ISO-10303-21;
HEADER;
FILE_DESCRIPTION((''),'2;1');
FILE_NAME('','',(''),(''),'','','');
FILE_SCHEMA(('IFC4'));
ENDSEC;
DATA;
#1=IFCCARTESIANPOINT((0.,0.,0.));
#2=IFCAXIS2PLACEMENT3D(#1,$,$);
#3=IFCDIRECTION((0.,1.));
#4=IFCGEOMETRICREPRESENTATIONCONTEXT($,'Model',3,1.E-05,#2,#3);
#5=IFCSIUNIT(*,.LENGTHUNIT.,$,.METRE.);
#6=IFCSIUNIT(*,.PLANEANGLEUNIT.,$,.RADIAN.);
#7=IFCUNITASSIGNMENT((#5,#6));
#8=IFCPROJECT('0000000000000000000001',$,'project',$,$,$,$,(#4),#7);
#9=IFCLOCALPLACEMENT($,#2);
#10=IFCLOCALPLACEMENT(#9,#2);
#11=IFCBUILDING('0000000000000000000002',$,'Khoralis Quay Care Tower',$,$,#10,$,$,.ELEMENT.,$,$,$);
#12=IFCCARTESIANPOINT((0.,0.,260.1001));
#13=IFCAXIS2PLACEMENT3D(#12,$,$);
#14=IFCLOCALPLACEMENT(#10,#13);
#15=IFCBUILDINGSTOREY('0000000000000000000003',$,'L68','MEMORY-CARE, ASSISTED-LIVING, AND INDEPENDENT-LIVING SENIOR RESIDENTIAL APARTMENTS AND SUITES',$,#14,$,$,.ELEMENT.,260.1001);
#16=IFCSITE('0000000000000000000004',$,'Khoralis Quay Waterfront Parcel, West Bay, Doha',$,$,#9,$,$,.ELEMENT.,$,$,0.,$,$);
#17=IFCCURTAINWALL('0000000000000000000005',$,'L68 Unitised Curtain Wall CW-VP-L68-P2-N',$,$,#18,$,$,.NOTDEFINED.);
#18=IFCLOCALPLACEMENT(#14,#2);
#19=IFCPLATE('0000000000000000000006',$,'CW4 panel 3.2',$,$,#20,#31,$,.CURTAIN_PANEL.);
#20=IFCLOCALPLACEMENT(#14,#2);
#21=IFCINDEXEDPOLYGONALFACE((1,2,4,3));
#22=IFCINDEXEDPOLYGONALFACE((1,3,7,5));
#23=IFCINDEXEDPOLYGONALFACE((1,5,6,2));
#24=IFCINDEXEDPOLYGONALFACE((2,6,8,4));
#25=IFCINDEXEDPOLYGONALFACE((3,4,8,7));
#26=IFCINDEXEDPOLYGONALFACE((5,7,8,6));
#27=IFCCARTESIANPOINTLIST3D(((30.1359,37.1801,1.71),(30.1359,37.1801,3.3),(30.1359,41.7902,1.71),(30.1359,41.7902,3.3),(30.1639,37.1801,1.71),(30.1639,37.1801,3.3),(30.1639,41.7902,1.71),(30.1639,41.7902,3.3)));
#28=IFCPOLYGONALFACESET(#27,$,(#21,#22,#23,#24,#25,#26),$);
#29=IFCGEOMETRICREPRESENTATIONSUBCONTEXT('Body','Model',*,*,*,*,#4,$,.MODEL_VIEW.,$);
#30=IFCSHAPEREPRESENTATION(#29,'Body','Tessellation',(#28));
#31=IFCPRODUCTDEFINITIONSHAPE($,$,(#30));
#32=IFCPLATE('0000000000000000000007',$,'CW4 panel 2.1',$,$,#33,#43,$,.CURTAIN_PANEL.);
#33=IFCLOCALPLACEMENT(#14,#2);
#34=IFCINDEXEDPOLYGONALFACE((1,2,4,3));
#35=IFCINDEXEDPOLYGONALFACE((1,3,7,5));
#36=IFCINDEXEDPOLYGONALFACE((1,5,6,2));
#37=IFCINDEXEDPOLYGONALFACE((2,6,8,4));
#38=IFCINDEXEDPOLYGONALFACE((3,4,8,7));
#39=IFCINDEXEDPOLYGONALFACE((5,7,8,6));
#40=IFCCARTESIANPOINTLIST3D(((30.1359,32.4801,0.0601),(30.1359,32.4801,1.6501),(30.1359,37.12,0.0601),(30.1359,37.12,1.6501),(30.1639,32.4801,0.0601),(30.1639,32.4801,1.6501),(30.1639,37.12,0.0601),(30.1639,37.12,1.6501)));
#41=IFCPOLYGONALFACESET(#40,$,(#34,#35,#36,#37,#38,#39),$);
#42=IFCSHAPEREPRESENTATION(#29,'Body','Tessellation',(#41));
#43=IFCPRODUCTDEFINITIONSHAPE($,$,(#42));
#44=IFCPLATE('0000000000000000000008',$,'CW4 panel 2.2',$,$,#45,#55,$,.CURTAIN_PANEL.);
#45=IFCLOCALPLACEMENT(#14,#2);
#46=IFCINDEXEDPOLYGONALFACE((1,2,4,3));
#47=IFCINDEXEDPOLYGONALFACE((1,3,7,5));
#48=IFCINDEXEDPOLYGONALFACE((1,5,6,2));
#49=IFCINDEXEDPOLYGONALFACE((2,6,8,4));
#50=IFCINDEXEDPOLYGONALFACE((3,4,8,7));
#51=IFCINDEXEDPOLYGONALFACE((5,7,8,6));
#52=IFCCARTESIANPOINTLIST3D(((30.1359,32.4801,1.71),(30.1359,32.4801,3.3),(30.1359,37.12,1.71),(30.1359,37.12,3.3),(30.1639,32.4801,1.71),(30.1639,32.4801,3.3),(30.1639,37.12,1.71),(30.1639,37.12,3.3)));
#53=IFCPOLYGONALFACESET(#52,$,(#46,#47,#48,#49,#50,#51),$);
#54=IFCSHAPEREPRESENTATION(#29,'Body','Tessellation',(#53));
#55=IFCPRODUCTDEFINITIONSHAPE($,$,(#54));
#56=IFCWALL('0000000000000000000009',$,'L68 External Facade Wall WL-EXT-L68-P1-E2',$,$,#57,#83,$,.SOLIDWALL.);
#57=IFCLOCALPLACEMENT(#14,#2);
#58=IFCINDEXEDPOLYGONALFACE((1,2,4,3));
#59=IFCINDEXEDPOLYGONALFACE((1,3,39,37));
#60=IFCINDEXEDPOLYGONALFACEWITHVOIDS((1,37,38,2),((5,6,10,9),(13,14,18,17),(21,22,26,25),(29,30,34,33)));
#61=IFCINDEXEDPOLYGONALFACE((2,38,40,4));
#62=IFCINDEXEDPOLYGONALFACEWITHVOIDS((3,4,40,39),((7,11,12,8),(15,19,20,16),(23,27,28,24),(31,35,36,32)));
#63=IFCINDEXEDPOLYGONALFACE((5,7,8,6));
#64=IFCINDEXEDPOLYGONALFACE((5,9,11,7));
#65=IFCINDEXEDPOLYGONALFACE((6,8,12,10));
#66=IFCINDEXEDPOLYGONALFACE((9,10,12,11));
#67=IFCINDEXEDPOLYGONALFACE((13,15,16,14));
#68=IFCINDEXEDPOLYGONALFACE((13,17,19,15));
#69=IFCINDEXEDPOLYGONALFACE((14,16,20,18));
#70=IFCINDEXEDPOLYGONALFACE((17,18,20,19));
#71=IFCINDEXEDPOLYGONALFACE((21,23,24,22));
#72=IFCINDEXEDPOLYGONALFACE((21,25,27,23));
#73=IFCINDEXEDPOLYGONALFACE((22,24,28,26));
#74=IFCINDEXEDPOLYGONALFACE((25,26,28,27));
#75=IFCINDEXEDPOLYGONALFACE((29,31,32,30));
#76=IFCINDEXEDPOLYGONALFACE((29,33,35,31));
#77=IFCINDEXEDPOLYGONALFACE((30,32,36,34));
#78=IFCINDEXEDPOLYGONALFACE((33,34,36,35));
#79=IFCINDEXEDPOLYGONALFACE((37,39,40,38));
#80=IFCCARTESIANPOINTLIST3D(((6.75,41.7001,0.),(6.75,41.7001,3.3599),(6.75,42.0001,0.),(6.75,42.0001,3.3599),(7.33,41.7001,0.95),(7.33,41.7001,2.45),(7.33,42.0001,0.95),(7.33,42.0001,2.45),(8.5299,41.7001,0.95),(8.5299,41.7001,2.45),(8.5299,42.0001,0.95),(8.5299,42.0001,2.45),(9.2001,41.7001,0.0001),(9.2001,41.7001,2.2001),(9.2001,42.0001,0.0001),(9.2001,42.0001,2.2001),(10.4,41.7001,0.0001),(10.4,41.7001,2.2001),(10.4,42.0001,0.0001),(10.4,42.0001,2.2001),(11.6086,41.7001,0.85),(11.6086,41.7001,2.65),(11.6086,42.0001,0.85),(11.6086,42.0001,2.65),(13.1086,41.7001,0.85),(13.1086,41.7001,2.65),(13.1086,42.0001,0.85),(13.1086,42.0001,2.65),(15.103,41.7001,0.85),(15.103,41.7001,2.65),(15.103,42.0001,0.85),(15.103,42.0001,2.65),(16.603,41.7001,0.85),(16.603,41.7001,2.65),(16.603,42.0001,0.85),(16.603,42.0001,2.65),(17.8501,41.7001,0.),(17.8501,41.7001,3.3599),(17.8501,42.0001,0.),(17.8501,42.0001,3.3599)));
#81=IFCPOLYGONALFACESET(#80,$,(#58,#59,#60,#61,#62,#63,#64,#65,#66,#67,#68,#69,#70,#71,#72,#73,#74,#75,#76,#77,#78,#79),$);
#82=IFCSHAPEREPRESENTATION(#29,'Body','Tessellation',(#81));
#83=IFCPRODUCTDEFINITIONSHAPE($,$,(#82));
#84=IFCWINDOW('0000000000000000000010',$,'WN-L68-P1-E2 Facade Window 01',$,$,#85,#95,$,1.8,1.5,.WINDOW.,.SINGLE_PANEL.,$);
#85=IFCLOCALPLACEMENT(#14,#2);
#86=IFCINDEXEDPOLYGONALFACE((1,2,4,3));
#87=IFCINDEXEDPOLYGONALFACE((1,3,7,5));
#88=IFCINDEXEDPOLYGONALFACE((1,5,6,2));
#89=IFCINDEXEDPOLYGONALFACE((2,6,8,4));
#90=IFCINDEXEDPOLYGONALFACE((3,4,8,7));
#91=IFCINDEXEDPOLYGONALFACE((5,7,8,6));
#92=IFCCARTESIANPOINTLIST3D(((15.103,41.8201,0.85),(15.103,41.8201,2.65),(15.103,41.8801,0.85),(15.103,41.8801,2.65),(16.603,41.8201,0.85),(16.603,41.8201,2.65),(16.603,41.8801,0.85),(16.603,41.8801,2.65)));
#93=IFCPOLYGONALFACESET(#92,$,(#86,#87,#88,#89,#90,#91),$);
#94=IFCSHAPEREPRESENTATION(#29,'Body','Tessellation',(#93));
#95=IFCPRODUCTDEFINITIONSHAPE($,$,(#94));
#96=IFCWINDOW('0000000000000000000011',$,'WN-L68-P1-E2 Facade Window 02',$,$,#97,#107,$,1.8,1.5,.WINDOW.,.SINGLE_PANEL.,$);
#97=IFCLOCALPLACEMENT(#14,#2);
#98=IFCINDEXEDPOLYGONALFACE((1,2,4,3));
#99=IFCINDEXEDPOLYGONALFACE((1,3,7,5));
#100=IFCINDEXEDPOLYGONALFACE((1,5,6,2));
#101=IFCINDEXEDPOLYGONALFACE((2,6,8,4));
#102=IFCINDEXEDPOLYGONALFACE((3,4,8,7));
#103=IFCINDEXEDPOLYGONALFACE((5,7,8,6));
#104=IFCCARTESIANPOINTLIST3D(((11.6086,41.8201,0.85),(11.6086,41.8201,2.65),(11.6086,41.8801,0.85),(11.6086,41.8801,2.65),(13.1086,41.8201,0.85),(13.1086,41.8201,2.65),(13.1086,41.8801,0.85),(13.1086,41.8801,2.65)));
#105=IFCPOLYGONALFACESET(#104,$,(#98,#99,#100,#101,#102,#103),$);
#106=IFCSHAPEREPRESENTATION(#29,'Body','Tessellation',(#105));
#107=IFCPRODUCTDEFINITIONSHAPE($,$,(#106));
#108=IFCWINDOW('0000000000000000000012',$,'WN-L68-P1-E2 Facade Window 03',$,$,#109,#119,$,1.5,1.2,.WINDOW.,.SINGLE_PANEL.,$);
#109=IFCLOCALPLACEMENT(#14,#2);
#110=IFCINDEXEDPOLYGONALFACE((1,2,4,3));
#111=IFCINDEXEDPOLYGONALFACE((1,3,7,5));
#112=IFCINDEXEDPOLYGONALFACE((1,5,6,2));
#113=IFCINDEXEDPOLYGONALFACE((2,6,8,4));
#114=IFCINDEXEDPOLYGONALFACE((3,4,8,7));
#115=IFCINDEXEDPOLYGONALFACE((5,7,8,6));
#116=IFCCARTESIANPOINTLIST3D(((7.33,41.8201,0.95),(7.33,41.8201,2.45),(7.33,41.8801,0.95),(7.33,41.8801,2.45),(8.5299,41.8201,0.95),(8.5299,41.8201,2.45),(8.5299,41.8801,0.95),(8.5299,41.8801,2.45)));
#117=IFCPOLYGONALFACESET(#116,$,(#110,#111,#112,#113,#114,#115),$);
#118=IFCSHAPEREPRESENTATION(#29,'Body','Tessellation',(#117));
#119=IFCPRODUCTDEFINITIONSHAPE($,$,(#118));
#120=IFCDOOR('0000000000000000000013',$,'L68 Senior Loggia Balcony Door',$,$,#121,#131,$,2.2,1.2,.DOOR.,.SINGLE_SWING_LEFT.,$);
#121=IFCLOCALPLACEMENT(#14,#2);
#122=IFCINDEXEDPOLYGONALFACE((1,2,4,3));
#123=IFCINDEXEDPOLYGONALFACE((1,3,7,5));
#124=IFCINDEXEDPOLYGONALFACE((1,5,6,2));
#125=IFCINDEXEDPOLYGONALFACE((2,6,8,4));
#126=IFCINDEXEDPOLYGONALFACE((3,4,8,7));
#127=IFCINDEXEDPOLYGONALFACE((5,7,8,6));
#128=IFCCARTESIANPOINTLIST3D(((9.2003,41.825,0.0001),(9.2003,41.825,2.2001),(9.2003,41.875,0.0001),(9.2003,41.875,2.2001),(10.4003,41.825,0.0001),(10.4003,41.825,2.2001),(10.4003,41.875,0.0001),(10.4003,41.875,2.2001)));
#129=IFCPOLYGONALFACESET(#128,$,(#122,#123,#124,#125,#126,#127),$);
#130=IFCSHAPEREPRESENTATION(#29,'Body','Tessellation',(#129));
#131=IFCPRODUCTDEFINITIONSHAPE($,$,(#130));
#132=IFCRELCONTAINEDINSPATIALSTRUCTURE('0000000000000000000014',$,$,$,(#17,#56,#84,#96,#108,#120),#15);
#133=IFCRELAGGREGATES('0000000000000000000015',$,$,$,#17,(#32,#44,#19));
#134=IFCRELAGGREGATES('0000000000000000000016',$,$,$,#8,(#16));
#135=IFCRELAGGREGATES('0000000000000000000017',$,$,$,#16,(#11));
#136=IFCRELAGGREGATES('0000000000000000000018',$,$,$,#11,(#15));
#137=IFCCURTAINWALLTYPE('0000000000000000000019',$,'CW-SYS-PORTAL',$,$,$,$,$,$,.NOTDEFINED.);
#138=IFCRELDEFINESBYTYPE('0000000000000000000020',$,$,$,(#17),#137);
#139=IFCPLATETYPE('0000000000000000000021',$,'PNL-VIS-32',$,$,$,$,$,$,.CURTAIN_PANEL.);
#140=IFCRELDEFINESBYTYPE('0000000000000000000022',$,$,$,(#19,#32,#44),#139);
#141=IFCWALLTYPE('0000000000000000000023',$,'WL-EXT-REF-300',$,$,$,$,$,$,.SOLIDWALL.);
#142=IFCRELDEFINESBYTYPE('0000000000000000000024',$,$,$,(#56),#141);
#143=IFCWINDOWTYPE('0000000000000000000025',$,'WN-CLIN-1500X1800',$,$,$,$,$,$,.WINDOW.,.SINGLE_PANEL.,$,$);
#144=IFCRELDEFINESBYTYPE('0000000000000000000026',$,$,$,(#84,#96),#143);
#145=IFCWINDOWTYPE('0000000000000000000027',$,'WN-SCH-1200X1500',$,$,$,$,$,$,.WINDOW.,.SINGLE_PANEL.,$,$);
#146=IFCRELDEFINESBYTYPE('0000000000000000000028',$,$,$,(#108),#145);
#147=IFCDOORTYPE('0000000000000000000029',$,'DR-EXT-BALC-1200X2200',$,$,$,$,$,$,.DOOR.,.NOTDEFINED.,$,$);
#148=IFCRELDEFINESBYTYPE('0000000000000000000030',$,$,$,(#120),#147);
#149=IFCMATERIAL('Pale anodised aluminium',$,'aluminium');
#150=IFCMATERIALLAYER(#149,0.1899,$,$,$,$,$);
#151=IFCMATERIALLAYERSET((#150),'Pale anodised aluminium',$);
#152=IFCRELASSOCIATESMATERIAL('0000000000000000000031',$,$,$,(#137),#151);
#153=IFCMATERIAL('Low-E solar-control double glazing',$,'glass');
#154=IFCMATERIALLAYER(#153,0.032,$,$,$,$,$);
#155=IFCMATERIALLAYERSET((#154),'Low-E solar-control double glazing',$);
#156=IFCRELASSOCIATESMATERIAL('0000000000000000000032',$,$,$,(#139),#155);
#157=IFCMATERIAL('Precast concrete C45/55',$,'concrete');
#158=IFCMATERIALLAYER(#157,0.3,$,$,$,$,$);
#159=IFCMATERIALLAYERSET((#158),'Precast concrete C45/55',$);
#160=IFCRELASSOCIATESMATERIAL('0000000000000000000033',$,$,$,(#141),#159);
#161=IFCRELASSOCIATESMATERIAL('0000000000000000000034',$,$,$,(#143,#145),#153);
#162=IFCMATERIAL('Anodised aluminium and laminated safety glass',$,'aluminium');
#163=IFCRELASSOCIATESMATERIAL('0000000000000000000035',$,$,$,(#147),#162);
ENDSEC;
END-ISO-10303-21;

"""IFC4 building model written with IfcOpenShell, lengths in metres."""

from ifc_helpers import new_model, si_unit, direction, frame, frame_2d, origin, origin_2d, place, context, subcontext, project, spatial, rectangle, extrude, source, transform, mapped, material, layer, layer_set, type_object, element, fill, aggregate, save


model = new_model("IFC4")

# Units and contexts
model_context = context("Model", 3, precision=1e-05, world=origin(), true_north=direction((0.0, 1.0)))
body_context = subcontext(model_context, "Body", "Model", "MODEL_VIEW")
ifc_project = project(units=[si_unit("LENGTHUNIT", "METRE"), si_unit("PLANEANGLEUNIT", "RADIAN")], contexts=[model_context])

# Site, building, storey
site_placement = place(None, origin())
site = spatial("IfcSite", under=ifc_project, at=site_placement, Name="Khoralis Quay Waterfront Parcel, West Bay, Doha", CompositionType="ELEMENT", RefElevation=0.0)
building_placement = place(site_placement, origin())
building = spatial("IfcBuilding", under=site, at=building_placement, Name="Khoralis Quay Care Tower", CompositionType="ELEMENT")
storey_placement = place(building_placement, frame((0.0, 0.0, 260.1001)))
storey = spatial("IfcBuildingStorey", under=building, at=storey_placement, Name="L68", Description="MEMORY-CARE, ASSISTED-LIVING, AND INDEPENDENT-LIVING SENIOR RESIDENTIAL APARTMENTS AND SUITES", CompositionType="ELEMENT", Elevation=260.1001)

# Curtain wall
ifc_material_1 = material(Name="Pale anodised aluminium", Category="aluminium")
ifc_layer_1 = layer(ifc_material_1, 0.1899)
ifc_layer_set_1 = layer_set([ifc_layer_1], Name="Pale anodised aluminium")
curtain_wall_type = type_object("IfcCurtainWallType", Name="CW-SYS-PORTAL", PredefinedType="NOTDEFINED", material=ifc_layer_set_1)
curtain_wall_1_placement = place(storey_placement, origin())
curtain_wall_1 = element("IfcCurtainWall", 1, at=curtain_wall_1_placement, inside=storey, type_object=curtain_wall_type, Name="L68 Unitised Curtain Wall CW-VP-L68-P2-N", PredefinedType="NOTDEFINED")

# Plates
ifc_material_2 = material(Name="Low-E solar-control double glazing", Category="glass")
ifc_layer_2 = layer(ifc_material_2, 0.032)
ifc_layer_set_2 = layer_set([ifc_layer_2], Name="Low-E solar-control double glazing")
plate_type = type_object("IfcPlateType", Name="PNL-VIS-32", PredefinedType="CURTAIN_PANEL", material=ifc_layer_set_2)
shared_shape_1 = source(origin(), body_context, "Body", "SweptSolid", [
    extrude(rectangle(XDim=4.6101, YDim=0.0281, at=origin_2d()), origin(), (0.0, 0.0, 1.0), 1.5901),
])
plate_1_placement = place(storey_placement, frame((30.1499, 39.4851, 1.71), z_axis=(0.0, 0.0, 1.0), x_axis=(0.0, 1.0, 0.0)))
plate_1 = element("IfcPlate", 2, at=plate_1_placement, type_object=plate_type, Name="CW4 panel 3.2", PredefinedType="CURTAIN_PANEL", context=body_context, shape_type="MappedRepresentation", body=[
    mapped(shared_shape_1, transform((0.0, 0.0, 0.0), scale=1.0)),
])
shared_shape_2 = source(origin(), body_context, "Body", "SweptSolid", [
    extrude(rectangle(XDim=4.6399, YDim=0.0281, at=origin_2d()), origin(), (0.0, 0.0, 1.0), 1.5901),
])
plate_2_placement = place(storey_placement, frame((30.1499, 34.8, 0.0601), z_axis=(0.0, 0.0, 1.0), x_axis=(0.0, 1.0, 0.0)))
plate_2 = element("IfcPlate", 3, at=plate_2_placement, type_object=plate_type, Name="CW4 panel 2.1", PredefinedType="CURTAIN_PANEL", context=body_context, shape_type="MappedRepresentation", body=[
    mapped(shared_shape_2, transform((0.0, 0.0, 0.0), scale=1.0)),
])
plate_3_placement = place(storey_placement, frame((30.1499, 34.8, 1.71), z_axis=(0.0, 0.0, 1.0), x_axis=(0.0, 1.0, 0.0)))
plate_3 = element("IfcPlate", 4, at=plate_3_placement, type_object=plate_type, Name="CW4 panel 2.2", PredefinedType="CURTAIN_PANEL", context=body_context, shape_type="MappedRepresentation", body=[
    mapped(shared_shape_2, transform((0.0, 0.0, 0.0), scale=1.0)),
])
aggregate(curtain_wall_1, [plate_2, plate_3, plate_1])

# Wall, openings, windows, door
ifc_material_3 = material(Name="Precast concrete C45/55", Category="concrete")
ifc_layer_3 = layer(ifc_material_3, 0.3)
ifc_layer_set_3 = layer_set([ifc_layer_3], Name="Precast concrete C45/55")
wall_type = type_object("IfcWallType", Name="WL-EXT-REF-300", PredefinedType="SOLIDWALL", material=ifc_layer_set_3)
wall_placement = place(storey_placement, frame((17.8501, 41.8501, 0.0), z_axis=(0.0, 0.0, 1.0), x_axis=(-1.0, 0.0, 0.0)))
wall = element("IfcWall", 5, at=wall_placement, inside=storey, type_object=wall_type, Name="L68 External Facade Wall WL-EXT-L68-P1-E2", PredefinedType="SOLIDWALL", context=body_context, shape_type="SweptSolid", body=[
    extrude(rectangle(XDim=11.1001, YDim=0.3, at=frame_2d((5.55, 0.0))), origin(), (0.0, 0.0, 1.0), 3.3599),
])
opening_1_placement = place(wall_placement, frame((1.2471, 0.0, 0.8501)))
opening_1 = element("IfcOpeningElement", 6, at=opening_1_placement, cuts=wall, PredefinedType="OPENING", context=body_context, shape_type="SweptSolid", body=[
    extrude(rectangle(XDim=1.5, YDim=1.8, at=frame_2d((0.75, 0.8999))), frame((0.0, 0.1602, 0.0), z_axis=(0.0, -1.0, 0.0), x_axis=(1.0, 0.0, 0.0)), (0.0, 0.0, 1.0), 0.3201),
])
opening_2_placement = place(wall_placement, frame((4.7415, 0.0, 0.8501)))
opening_2 = element("IfcOpeningElement", 7, at=opening_2_placement, cuts=wall, PredefinedType="OPENING", context=body_context, shape_type="SweptSolid", body=[
    extrude(rectangle(XDim=1.5, YDim=1.8, at=frame_2d((0.75, 0.8999))), frame((0.0, 0.1602, 0.0), z_axis=(0.0, -1.0, 0.0), x_axis=(1.0, 0.0, 0.0)), (0.0, 0.0, 1.0), 0.3201),
])
opening_3_placement = place(wall_placement, frame((9.3201, 0.0, 0.95)))
opening_3 = element("IfcOpeningElement", 8, at=opening_3_placement, cuts=wall, PredefinedType="OPENING", context=body_context, shape_type="SweptSolid", body=[
    extrude(rectangle(XDim=1.2, YDim=1.5, at=frame_2d((0.6001, 0.75))), frame((0.0, 0.1602, 0.0), z_axis=(0.0, -1.0, 0.0), x_axis=(1.0, 0.0, 0.0)), (0.0, 0.0, 1.0), 0.3201),
])
opening_4_placement = place(wall_placement, frame((7.45, 0.0, 0.0)))
opening_4 = element("IfcOpeningElement", 9, at=opening_4_placement, cuts=wall, PredefinedType="OPENING", context=body_context, shape_type="SweptSolid", body=[
    extrude(rectangle(XDim=1.2, YDim=2.2, at=frame_2d((0.6001, 1.1001))), frame((0.0, 0.1602, 0.0), z_axis=(0.0, -1.0, 0.0), x_axis=(1.0, 0.0, 0.0)), (0.0, 0.0, 1.0), 0.3201),
])
window_type_1 = type_object("IfcWindowType", Name="WN-CLIN-1500X1800", PartitioningType="SINGLE_PANEL", PredefinedType="WINDOW", material=ifc_material_2)
shared_shape_3 = source(origin(), body_context, "Body", "SweptSolid", [
    extrude(rectangle(XDim=1.5, YDim=1.8, at=frame_2d((0.75, 0.8999))), frame((0.0, 0.03, 0.0), z_axis=(0.0, -1.0, 0.0), x_axis=(1.0, 0.0, 0.0)), (0.0, 0.0, 1.0), 0.0601),
])
window_1_placement = place(opening_1_placement, origin())
window_1 = element("IfcWindow", 10, at=window_1_placement, inside=storey, type_object=window_type_1, Name="WN-L68-P1-E2 Facade Window 01", OverallHeight=1.8, OverallWidth=1.5, PartitioningType="SINGLE_PANEL", PredefinedType="WINDOW", context=body_context, shape_type="MappedRepresentation", body=[
    mapped(shared_shape_3, transform((0.0, 0.0, 0.0), scale=1.0)),
])
fill(opening_1, window_1)
window_2_placement = place(opening_2_placement, origin())
window_2 = element("IfcWindow", 11, at=window_2_placement, inside=storey, type_object=window_type_1, Name="WN-L68-P1-E2 Facade Window 02", OverallHeight=1.8, OverallWidth=1.5, PartitioningType="SINGLE_PANEL", PredefinedType="WINDOW", context=body_context, shape_type="MappedRepresentation", body=[
    mapped(shared_shape_3, transform((0.0, 0.0, 0.0), scale=1.0)),
])
fill(opening_2, window_2)
window_type_2 = type_object("IfcWindowType", Name="WN-SCH-1200X1500", PartitioningType="SINGLE_PANEL", PredefinedType="WINDOW", material=ifc_material_2)
shared_shape_4 = source(origin(), body_context, "Body", "SweptSolid", [
    extrude(rectangle(XDim=1.2, YDim=1.5, at=frame_2d((0.6001, 0.75))), frame((0.0, 0.03, 0.0), z_axis=(0.0, -1.0, 0.0), x_axis=(1.0, 0.0, 0.0)), (0.0, 0.0, 1.0), 0.0601),
])
window_3_placement = place(opening_3_placement, origin())
window_3 = element("IfcWindow", 12, at=window_3_placement, inside=storey, type_object=window_type_2, Name="WN-L68-P1-E2 Facade Window 03", OverallHeight=1.5, OverallWidth=1.2, PartitioningType="SINGLE_PANEL", PredefinedType="WINDOW", context=body_context, shape_type="MappedRepresentation", body=[
    mapped(shared_shape_4, transform((0.0, 0.0, 0.0), scale=1.0)),
])
fill(opening_3, window_3)
ifc_material_4 = material(Name="Anodised aluminium and laminated safety glass", Category="aluminium")
door_type = type_object("IfcDoorType", Name="DR-EXT-BALC-1200X2200", OperationType="NOTDEFINED", PredefinedType="DOOR", material=ifc_material_4)
shared_shape_5 = source(origin(), body_context, "Body", "SweptSolid", [
    extrude(rectangle(XDim=1.2, YDim=2.2, at=frame_2d((0.6001, 1.1001))), frame((0.0, 0.0249, 0.0), z_axis=(0.0, -1.0, 0.0), x_axis=(1.0, 0.0, 0.0)), (0.0, 0.0, 1.0), 0.05),
])
door_placement = place(opening_4_placement, frame((1.2, 0.0, 0.0), z_axis=(0.0, 0.0, 1.0), x_axis=(-1.0, 0.0, 0.0)))
door = element("IfcDoor", 13, at=door_placement, inside=storey, type_object=door_type, Name="L68 Senior Loggia Balcony Door", OperationType="SINGLE_SWING_LEFT", OverallHeight=2.2, OverallWidth=1.2, PredefinedType="DOOR", context=body_context, shape_type="MappedRepresentation", body=[
    mapped(shared_shape_5, transform((0.0, 0.0, 0.0), scale=1.0)),
])
fill(opening_4, door)

save(model, "model.ifc")
